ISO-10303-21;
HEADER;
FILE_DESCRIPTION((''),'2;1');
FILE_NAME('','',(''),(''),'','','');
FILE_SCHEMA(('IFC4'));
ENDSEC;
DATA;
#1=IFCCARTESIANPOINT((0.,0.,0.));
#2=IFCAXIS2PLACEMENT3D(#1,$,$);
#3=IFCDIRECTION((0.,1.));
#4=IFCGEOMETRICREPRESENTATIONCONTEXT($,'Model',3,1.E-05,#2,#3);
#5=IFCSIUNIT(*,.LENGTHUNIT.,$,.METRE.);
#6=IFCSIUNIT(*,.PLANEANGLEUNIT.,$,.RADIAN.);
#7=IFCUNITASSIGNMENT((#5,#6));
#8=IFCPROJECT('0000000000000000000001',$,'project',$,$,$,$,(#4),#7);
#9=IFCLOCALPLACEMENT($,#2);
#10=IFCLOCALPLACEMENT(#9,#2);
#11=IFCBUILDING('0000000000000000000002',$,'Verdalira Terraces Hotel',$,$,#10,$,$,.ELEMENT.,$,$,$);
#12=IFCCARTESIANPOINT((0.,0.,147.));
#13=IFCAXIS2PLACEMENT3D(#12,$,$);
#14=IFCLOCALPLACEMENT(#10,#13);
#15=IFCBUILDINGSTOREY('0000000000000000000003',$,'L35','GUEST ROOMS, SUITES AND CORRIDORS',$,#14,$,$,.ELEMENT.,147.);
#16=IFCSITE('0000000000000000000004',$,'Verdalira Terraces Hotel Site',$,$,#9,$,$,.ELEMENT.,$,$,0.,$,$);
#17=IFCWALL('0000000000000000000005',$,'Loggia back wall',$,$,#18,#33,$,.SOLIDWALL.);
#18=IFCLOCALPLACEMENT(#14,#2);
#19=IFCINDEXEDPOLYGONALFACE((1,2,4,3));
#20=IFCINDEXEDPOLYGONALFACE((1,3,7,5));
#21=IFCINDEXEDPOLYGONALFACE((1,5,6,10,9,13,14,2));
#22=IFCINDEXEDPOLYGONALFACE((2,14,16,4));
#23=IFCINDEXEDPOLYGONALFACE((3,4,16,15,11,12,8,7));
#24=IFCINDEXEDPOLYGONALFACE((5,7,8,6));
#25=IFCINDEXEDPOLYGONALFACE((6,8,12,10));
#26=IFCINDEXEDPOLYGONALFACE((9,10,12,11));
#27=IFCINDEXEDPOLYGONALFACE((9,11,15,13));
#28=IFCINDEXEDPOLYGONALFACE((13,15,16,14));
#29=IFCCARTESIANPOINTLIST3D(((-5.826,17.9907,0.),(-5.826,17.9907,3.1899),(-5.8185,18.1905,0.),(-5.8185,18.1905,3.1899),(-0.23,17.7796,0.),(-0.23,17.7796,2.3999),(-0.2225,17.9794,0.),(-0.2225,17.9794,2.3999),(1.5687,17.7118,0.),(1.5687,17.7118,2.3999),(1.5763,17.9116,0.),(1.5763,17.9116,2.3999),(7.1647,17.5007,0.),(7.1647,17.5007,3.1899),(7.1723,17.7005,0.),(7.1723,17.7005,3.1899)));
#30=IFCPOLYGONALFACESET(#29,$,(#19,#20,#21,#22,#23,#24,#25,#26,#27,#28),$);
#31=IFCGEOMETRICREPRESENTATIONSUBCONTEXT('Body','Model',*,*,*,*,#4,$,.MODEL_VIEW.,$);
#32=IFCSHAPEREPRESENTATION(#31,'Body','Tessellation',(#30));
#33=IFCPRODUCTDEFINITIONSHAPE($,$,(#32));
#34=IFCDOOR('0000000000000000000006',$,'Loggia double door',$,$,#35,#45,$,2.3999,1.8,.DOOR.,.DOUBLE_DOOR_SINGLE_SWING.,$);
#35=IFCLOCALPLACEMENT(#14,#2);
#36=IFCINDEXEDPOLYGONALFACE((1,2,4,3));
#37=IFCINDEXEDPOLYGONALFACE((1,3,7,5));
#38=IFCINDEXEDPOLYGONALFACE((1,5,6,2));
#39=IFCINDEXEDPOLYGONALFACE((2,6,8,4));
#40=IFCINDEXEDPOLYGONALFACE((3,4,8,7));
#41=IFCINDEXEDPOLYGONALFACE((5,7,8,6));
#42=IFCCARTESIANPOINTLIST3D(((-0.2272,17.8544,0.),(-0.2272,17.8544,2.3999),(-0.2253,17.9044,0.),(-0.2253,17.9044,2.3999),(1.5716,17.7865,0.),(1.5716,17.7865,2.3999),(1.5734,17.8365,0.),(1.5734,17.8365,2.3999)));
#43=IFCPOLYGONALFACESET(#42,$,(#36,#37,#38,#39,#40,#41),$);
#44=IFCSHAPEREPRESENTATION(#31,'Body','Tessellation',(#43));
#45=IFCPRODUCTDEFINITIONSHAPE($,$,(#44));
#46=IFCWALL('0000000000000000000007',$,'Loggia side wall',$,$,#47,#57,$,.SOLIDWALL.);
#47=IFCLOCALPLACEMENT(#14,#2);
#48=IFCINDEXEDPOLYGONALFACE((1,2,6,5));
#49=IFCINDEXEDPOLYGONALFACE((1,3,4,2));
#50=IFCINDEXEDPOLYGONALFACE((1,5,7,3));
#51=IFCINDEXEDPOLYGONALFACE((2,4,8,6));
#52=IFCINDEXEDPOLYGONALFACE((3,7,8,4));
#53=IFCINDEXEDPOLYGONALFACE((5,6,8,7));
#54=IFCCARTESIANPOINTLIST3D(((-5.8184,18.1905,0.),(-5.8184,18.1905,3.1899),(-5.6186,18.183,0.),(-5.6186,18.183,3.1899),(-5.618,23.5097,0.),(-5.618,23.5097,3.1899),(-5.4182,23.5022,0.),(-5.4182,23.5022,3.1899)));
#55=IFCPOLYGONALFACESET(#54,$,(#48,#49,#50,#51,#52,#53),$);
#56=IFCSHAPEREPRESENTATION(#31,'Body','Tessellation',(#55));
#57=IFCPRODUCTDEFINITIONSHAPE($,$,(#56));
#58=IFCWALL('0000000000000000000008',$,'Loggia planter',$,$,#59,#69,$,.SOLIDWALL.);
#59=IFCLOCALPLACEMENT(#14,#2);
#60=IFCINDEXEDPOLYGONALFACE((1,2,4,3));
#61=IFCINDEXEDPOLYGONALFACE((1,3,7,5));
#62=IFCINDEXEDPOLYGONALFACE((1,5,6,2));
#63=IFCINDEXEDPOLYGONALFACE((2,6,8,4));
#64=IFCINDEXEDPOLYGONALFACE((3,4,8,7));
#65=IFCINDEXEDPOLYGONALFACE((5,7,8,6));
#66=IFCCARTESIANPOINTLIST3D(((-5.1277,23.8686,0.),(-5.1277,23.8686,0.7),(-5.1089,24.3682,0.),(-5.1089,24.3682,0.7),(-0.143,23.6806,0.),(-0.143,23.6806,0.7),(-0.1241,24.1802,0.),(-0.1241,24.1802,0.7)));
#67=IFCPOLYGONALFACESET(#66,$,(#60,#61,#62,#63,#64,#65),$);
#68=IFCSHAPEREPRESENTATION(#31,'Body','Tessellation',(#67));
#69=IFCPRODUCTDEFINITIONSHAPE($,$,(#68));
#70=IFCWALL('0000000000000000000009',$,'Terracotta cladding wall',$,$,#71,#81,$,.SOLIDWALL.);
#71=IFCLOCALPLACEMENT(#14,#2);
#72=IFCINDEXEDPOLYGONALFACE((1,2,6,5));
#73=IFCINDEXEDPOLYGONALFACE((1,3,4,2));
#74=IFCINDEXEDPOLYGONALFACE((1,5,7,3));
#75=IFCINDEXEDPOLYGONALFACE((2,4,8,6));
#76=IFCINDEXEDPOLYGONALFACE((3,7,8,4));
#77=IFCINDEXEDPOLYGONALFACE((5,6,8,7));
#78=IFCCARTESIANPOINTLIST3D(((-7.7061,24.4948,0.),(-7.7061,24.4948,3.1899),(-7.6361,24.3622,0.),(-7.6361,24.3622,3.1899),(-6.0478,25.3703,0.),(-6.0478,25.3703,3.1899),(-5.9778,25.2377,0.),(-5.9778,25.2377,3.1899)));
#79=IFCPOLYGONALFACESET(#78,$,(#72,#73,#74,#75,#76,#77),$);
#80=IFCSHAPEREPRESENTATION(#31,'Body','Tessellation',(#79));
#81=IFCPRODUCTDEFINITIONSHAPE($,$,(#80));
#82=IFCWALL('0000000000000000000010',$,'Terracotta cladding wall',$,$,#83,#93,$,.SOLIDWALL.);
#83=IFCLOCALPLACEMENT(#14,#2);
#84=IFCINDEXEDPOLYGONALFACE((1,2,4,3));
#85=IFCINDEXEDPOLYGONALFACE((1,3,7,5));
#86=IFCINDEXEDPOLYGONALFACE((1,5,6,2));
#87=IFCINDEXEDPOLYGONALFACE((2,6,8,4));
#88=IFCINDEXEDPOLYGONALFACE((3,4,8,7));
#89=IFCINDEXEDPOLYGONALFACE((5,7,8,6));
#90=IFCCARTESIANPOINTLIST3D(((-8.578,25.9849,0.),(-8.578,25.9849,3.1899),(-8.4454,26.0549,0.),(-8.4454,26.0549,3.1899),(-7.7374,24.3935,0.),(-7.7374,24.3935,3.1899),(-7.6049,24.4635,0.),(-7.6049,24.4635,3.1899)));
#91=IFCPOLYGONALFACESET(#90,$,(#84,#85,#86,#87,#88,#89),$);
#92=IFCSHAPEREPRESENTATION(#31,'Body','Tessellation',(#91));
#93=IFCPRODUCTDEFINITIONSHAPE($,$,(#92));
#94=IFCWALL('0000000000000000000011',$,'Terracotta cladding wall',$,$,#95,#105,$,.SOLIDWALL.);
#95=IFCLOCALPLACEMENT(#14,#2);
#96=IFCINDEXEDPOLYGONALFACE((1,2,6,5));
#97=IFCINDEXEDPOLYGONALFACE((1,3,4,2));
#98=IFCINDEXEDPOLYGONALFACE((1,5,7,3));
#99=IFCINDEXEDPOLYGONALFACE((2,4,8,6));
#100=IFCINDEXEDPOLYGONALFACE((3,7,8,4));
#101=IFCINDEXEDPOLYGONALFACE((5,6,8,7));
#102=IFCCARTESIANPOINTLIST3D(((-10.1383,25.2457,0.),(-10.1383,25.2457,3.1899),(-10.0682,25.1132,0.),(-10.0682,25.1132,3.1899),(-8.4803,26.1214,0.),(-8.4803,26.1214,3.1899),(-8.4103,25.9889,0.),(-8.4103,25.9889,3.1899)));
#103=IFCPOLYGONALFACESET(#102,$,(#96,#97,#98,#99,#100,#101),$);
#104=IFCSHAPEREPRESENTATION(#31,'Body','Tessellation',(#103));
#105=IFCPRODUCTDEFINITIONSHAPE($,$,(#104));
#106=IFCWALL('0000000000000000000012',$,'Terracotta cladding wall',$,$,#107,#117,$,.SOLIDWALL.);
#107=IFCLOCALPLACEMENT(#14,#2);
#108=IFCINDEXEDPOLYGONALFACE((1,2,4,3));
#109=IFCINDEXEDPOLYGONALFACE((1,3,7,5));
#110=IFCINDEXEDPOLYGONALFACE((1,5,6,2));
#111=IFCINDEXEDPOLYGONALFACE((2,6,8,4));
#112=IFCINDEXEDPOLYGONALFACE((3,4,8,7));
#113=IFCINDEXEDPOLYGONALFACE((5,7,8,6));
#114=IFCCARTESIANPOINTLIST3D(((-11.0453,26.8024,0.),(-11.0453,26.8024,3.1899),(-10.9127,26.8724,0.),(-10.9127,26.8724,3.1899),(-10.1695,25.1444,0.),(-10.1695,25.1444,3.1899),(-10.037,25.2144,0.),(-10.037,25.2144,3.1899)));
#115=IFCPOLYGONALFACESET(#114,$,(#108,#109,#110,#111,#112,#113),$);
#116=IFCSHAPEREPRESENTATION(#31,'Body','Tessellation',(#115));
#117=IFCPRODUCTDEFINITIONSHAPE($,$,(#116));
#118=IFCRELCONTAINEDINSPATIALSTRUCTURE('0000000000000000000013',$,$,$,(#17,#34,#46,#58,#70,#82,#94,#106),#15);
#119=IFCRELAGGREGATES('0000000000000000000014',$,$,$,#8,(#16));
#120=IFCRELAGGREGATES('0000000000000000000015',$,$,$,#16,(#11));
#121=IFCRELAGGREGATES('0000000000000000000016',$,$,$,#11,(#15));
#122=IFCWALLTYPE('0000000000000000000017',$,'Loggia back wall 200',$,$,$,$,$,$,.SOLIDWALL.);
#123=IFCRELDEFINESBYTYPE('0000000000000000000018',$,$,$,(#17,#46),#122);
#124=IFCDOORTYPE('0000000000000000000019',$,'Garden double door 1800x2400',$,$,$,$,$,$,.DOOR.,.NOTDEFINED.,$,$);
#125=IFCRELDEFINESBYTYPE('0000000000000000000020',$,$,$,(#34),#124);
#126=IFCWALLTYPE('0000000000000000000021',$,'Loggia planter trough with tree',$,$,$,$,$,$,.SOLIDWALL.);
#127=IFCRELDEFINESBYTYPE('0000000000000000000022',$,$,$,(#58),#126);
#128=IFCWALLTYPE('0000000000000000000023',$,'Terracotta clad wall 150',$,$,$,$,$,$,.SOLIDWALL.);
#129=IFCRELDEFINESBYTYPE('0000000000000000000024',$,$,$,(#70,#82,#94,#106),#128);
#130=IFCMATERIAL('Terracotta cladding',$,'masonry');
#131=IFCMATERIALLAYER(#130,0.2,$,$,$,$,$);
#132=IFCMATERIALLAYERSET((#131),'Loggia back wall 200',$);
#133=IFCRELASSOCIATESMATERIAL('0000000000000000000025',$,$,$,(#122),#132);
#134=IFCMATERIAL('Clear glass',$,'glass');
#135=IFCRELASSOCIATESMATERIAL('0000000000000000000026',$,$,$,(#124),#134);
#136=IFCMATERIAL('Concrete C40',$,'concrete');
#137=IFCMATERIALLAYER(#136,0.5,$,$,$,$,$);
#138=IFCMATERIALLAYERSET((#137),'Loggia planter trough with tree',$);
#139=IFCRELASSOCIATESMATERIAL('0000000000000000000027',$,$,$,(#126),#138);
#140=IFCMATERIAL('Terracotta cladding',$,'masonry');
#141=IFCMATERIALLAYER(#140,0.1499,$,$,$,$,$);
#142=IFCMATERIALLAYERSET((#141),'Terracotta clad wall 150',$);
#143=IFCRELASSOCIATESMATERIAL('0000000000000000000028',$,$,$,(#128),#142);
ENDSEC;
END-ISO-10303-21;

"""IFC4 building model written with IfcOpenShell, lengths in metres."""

from ifc_helpers import new_model, si_unit, direction, frame, frame_2d, origin, place, context, subcontext, project, spatial, rectangle, extrude, material, layer, layer_set, type_object, element, fill, save


model = new_model("IFC4")

# Units and contexts
model_context = context("Model", 3, precision=1e-05, world=origin(), true_north=direction((0.0, 1.0)))
body_context = subcontext(model_context, "Body", "Model", "MODEL_VIEW")
ifc_project = project(units=[si_unit("LENGTHUNIT", "METRE"), si_unit("PLANEANGLEUNIT", "RADIAN")], contexts=[model_context])

# Site, building, storey
site_placement = place(None, origin())
site = spatial("IfcSite", under=ifc_project, at=site_placement, Name="Verdalira Terraces Hotel Site", CompositionType="ELEMENT", RefElevation=0.0)
building_placement = place(site_placement, origin())
building = spatial("IfcBuilding", under=site, at=building_placement, Name="Verdalira Terraces Hotel", CompositionType="ELEMENT")
storey_placement = place(building_placement, frame((0.0, 0.0, 147.0)))
storey = spatial("IfcBuildingStorey", under=building, at=storey_placement, Name="L35", Description="GUEST ROOMS, SUITES AND CORRIDORS", CompositionType="ELEMENT", Elevation=147.0)

# Wall, opening, door
ifc_material_1 = material(Name="Terracotta cladding", Category="masonry")
ifc_layer_1 = layer(ifc_material_1, 0.2)
ifc_layer_set_1 = layer_set([ifc_layer_1], Name="Loggia back wall 200")
wall_type_1 = type_object("IfcWallType", Name="Loggia back wall 200", PredefinedType="SOLIDWALL", material=ifc_layer_set_1)
wall_1_placement = place(storey_placement, frame((-5.8223, 18.0906, 0.0), z_axis=(0.0, 0.0, 1.0), x_axis=(0.999289, -0.037692, 0.0)))
wall_1 = element("IfcWall", 1, at=wall_1_placement, inside=storey, type_object=wall_type_1, Name="Loggia back wall", PredefinedType="SOLIDWALL", context=body_context, shape_type="SweptSolid", body=[
    extrude(rectangle(XDim=13.0, YDim=0.2, at=frame_2d((6.5, 0.0))), origin(), (0.0, 0.0, 1.0), 3.1899),
])
opening_1_placement = place(wall_1_placement, frame((5.6001, 0.0, 0.0)))
opening_1 = element("IfcOpeningElement", 2, at=opening_1_placement, cuts=wall_1, PredefinedType="OPENING", context=body_context, shape_type="SweptSolid", body=[
    extrude(rectangle(XDim=1.8, YDim=2.3999, at=frame_2d((0.8999, 1.2))), frame((0.0, 0.1099, 0.0), z_axis=(0.0, -1.0, 0.0), x_axis=(1.0, 0.0, 0.0)), (0.0, 0.0, 1.0), 0.22),
])
ifc_material_2 = material(Name="Clear glass", Category="glass")
door_type_1 = type_object("IfcDoorType", Name="Garden double door 1800x2400", OperationType="NOTDEFINED", PredefinedType="DOOR", material=ifc_material_2)
door_1_placement = place(opening_1_placement, origin())
door_1 = element("IfcDoor", 3, at=door_1_placement, inside=storey, type_object=door_type_1, Name="Loggia double door", OperationType="DOUBLE_DOOR_SINGLE_SWING", OverallHeight=2.3999, OverallWidth=1.8, PredefinedType="DOOR", context=body_context, shape_type="SweptSolid", body=[
    extrude(rectangle(XDim=1.8, YDim=2.3999, at=frame_2d((0.8999, 1.2))), frame((0.0, 0.0249, 0.0), z_axis=(0.0, -1.0, 0.0), x_axis=(1.0, 0.0, 0.0)), (0.0, 0.0, 1.0), 0.05),
])
fill(opening_1, door_1)

# Walls
wall_2_placement = place(storey_placement, frame((-5.5181, 23.5061, 0.0), z_axis=(0.0, 0.0, 1.0), x_axis=(-0.037655, -0.999291, 0.0)))
element("IfcWall", 4, at=wall_2_placement, inside=storey, type_object=wall_type_1, Name="Loggia side wall", PredefinedType="SOLIDWALL", context=body_context, shape_type="SweptSolid", body=[
    extrude(rectangle(XDim=5.323, YDim=0.2, at=frame_2d((2.6616, 0.0))), origin(), (0.0, 0.0, 1.0), 3.1899),
])
ifc_material_3 = material(Name="Concrete C40", Category="concrete")
ifc_layer_2 = layer(ifc_material_3, 0.5)
ifc_layer_set_2 = layer_set([ifc_layer_2], Name="Loggia planter trough with tree")
wall_type_2 = type_object("IfcWallType", Name="Loggia planter trough with tree", PredefinedType="SOLIDWALL", material=ifc_layer_set_2)
wall_3_placement = place(storey_placement, frame((-0.1335, 23.9304, 0.0), z_axis=(0.0, 0.0, 1.0), x_axis=(-0.99929, 0.037687, 0.0)))
element("IfcWall", 5, at=wall_3_placement, inside=storey, type_object=wall_type_2, Name="Loggia planter", PredefinedType="SOLIDWALL", context=body_context, shape_type="SweptSolid", body=[
    extrude(rectangle(XDim=4.9883, YDim=0.5, at=frame_2d((2.4941, 0.0))), origin(), (0.0, 0.0, 1.0), 0.7),
])
ifc_material_4 = material(Name="Terracotta cladding", Category="masonry")
ifc_layer_3 = layer(ifc_material_4, 0.1499)
ifc_layer_set_3 = layer_set([ifc_layer_3], Name="Terracotta clad wall 150")
wall_type_3 = type_object("IfcWallType", Name="Terracotta clad wall 150", PredefinedType="SOLIDWALL", material=ifc_layer_set_3)
wall_4_placement = place(storey_placement, frame((-6.0129, 25.304, 0.0), z_axis=(0.0, 0.0, 1.0), x_axis=(-0.884313, -0.466894, 0.0)))
element("IfcWall", 6, at=wall_4_placement, inside=storey, type_object=wall_type_3, Name="Terracotta cladding wall", PredefinedType="SOLIDWALL", context=body_context, shape_type="SweptSolid", body=[
    extrude(rectangle(XDim=1.8752, YDim=0.1499, at=frame_2d((0.9375, 0.0))), origin(), (0.0, 0.0, 1.0), 3.1899),
])
wall_5_placement = place(storey_placement, frame((-7.6711, 24.4285, 0.0), z_axis=(0.0, 0.0, 1.0), x_axis=(-0.467015, 0.884249, 0.0)))
element("IfcWall", 7, at=wall_5_placement, inside=storey, type_object=wall_type_3, Name="Terracotta cladding wall", PredefinedType="SOLIDWALL", context=body_context, shape_type="SweptSolid", body=[
    extrude(rectangle(XDim=1.7998, YDim=0.1499, at=frame_2d((0.8999, 0.0))), origin(), (0.0, 0.0, 1.0), 3.1899),
])
for number, where, z_axis, x_axis, name in (
    (8, (-8.4453, 26.0552, 0.0), (0.0, 0.0, 1.0), (-0.884231, -0.46705, 0.0), "Terracotta cladding wall"),
    (9, (-10.1033, 25.1794, 0.0), (0.0, 0.0, 1.0), (-0.46705, 0.884231, 0.0), "Terracotta cladding wall"),
):
    element("IfcWall", number, at=place(storey_placement, frame(where, z_axis=z_axis, x_axis=x_axis)), inside=storey, type_object=wall_type_3, Name=name, PredefinedType="SOLIDWALL", context=body_context, shape_type="SweptSolid", body=[
        extrude(rectangle(XDim=1.875, YDim=0.1499, at=frame_2d((0.9375, 0.0))), origin(), (0.0, 0.0, 1.0), 3.1899),
    ])

save(model, "model.ifc")
